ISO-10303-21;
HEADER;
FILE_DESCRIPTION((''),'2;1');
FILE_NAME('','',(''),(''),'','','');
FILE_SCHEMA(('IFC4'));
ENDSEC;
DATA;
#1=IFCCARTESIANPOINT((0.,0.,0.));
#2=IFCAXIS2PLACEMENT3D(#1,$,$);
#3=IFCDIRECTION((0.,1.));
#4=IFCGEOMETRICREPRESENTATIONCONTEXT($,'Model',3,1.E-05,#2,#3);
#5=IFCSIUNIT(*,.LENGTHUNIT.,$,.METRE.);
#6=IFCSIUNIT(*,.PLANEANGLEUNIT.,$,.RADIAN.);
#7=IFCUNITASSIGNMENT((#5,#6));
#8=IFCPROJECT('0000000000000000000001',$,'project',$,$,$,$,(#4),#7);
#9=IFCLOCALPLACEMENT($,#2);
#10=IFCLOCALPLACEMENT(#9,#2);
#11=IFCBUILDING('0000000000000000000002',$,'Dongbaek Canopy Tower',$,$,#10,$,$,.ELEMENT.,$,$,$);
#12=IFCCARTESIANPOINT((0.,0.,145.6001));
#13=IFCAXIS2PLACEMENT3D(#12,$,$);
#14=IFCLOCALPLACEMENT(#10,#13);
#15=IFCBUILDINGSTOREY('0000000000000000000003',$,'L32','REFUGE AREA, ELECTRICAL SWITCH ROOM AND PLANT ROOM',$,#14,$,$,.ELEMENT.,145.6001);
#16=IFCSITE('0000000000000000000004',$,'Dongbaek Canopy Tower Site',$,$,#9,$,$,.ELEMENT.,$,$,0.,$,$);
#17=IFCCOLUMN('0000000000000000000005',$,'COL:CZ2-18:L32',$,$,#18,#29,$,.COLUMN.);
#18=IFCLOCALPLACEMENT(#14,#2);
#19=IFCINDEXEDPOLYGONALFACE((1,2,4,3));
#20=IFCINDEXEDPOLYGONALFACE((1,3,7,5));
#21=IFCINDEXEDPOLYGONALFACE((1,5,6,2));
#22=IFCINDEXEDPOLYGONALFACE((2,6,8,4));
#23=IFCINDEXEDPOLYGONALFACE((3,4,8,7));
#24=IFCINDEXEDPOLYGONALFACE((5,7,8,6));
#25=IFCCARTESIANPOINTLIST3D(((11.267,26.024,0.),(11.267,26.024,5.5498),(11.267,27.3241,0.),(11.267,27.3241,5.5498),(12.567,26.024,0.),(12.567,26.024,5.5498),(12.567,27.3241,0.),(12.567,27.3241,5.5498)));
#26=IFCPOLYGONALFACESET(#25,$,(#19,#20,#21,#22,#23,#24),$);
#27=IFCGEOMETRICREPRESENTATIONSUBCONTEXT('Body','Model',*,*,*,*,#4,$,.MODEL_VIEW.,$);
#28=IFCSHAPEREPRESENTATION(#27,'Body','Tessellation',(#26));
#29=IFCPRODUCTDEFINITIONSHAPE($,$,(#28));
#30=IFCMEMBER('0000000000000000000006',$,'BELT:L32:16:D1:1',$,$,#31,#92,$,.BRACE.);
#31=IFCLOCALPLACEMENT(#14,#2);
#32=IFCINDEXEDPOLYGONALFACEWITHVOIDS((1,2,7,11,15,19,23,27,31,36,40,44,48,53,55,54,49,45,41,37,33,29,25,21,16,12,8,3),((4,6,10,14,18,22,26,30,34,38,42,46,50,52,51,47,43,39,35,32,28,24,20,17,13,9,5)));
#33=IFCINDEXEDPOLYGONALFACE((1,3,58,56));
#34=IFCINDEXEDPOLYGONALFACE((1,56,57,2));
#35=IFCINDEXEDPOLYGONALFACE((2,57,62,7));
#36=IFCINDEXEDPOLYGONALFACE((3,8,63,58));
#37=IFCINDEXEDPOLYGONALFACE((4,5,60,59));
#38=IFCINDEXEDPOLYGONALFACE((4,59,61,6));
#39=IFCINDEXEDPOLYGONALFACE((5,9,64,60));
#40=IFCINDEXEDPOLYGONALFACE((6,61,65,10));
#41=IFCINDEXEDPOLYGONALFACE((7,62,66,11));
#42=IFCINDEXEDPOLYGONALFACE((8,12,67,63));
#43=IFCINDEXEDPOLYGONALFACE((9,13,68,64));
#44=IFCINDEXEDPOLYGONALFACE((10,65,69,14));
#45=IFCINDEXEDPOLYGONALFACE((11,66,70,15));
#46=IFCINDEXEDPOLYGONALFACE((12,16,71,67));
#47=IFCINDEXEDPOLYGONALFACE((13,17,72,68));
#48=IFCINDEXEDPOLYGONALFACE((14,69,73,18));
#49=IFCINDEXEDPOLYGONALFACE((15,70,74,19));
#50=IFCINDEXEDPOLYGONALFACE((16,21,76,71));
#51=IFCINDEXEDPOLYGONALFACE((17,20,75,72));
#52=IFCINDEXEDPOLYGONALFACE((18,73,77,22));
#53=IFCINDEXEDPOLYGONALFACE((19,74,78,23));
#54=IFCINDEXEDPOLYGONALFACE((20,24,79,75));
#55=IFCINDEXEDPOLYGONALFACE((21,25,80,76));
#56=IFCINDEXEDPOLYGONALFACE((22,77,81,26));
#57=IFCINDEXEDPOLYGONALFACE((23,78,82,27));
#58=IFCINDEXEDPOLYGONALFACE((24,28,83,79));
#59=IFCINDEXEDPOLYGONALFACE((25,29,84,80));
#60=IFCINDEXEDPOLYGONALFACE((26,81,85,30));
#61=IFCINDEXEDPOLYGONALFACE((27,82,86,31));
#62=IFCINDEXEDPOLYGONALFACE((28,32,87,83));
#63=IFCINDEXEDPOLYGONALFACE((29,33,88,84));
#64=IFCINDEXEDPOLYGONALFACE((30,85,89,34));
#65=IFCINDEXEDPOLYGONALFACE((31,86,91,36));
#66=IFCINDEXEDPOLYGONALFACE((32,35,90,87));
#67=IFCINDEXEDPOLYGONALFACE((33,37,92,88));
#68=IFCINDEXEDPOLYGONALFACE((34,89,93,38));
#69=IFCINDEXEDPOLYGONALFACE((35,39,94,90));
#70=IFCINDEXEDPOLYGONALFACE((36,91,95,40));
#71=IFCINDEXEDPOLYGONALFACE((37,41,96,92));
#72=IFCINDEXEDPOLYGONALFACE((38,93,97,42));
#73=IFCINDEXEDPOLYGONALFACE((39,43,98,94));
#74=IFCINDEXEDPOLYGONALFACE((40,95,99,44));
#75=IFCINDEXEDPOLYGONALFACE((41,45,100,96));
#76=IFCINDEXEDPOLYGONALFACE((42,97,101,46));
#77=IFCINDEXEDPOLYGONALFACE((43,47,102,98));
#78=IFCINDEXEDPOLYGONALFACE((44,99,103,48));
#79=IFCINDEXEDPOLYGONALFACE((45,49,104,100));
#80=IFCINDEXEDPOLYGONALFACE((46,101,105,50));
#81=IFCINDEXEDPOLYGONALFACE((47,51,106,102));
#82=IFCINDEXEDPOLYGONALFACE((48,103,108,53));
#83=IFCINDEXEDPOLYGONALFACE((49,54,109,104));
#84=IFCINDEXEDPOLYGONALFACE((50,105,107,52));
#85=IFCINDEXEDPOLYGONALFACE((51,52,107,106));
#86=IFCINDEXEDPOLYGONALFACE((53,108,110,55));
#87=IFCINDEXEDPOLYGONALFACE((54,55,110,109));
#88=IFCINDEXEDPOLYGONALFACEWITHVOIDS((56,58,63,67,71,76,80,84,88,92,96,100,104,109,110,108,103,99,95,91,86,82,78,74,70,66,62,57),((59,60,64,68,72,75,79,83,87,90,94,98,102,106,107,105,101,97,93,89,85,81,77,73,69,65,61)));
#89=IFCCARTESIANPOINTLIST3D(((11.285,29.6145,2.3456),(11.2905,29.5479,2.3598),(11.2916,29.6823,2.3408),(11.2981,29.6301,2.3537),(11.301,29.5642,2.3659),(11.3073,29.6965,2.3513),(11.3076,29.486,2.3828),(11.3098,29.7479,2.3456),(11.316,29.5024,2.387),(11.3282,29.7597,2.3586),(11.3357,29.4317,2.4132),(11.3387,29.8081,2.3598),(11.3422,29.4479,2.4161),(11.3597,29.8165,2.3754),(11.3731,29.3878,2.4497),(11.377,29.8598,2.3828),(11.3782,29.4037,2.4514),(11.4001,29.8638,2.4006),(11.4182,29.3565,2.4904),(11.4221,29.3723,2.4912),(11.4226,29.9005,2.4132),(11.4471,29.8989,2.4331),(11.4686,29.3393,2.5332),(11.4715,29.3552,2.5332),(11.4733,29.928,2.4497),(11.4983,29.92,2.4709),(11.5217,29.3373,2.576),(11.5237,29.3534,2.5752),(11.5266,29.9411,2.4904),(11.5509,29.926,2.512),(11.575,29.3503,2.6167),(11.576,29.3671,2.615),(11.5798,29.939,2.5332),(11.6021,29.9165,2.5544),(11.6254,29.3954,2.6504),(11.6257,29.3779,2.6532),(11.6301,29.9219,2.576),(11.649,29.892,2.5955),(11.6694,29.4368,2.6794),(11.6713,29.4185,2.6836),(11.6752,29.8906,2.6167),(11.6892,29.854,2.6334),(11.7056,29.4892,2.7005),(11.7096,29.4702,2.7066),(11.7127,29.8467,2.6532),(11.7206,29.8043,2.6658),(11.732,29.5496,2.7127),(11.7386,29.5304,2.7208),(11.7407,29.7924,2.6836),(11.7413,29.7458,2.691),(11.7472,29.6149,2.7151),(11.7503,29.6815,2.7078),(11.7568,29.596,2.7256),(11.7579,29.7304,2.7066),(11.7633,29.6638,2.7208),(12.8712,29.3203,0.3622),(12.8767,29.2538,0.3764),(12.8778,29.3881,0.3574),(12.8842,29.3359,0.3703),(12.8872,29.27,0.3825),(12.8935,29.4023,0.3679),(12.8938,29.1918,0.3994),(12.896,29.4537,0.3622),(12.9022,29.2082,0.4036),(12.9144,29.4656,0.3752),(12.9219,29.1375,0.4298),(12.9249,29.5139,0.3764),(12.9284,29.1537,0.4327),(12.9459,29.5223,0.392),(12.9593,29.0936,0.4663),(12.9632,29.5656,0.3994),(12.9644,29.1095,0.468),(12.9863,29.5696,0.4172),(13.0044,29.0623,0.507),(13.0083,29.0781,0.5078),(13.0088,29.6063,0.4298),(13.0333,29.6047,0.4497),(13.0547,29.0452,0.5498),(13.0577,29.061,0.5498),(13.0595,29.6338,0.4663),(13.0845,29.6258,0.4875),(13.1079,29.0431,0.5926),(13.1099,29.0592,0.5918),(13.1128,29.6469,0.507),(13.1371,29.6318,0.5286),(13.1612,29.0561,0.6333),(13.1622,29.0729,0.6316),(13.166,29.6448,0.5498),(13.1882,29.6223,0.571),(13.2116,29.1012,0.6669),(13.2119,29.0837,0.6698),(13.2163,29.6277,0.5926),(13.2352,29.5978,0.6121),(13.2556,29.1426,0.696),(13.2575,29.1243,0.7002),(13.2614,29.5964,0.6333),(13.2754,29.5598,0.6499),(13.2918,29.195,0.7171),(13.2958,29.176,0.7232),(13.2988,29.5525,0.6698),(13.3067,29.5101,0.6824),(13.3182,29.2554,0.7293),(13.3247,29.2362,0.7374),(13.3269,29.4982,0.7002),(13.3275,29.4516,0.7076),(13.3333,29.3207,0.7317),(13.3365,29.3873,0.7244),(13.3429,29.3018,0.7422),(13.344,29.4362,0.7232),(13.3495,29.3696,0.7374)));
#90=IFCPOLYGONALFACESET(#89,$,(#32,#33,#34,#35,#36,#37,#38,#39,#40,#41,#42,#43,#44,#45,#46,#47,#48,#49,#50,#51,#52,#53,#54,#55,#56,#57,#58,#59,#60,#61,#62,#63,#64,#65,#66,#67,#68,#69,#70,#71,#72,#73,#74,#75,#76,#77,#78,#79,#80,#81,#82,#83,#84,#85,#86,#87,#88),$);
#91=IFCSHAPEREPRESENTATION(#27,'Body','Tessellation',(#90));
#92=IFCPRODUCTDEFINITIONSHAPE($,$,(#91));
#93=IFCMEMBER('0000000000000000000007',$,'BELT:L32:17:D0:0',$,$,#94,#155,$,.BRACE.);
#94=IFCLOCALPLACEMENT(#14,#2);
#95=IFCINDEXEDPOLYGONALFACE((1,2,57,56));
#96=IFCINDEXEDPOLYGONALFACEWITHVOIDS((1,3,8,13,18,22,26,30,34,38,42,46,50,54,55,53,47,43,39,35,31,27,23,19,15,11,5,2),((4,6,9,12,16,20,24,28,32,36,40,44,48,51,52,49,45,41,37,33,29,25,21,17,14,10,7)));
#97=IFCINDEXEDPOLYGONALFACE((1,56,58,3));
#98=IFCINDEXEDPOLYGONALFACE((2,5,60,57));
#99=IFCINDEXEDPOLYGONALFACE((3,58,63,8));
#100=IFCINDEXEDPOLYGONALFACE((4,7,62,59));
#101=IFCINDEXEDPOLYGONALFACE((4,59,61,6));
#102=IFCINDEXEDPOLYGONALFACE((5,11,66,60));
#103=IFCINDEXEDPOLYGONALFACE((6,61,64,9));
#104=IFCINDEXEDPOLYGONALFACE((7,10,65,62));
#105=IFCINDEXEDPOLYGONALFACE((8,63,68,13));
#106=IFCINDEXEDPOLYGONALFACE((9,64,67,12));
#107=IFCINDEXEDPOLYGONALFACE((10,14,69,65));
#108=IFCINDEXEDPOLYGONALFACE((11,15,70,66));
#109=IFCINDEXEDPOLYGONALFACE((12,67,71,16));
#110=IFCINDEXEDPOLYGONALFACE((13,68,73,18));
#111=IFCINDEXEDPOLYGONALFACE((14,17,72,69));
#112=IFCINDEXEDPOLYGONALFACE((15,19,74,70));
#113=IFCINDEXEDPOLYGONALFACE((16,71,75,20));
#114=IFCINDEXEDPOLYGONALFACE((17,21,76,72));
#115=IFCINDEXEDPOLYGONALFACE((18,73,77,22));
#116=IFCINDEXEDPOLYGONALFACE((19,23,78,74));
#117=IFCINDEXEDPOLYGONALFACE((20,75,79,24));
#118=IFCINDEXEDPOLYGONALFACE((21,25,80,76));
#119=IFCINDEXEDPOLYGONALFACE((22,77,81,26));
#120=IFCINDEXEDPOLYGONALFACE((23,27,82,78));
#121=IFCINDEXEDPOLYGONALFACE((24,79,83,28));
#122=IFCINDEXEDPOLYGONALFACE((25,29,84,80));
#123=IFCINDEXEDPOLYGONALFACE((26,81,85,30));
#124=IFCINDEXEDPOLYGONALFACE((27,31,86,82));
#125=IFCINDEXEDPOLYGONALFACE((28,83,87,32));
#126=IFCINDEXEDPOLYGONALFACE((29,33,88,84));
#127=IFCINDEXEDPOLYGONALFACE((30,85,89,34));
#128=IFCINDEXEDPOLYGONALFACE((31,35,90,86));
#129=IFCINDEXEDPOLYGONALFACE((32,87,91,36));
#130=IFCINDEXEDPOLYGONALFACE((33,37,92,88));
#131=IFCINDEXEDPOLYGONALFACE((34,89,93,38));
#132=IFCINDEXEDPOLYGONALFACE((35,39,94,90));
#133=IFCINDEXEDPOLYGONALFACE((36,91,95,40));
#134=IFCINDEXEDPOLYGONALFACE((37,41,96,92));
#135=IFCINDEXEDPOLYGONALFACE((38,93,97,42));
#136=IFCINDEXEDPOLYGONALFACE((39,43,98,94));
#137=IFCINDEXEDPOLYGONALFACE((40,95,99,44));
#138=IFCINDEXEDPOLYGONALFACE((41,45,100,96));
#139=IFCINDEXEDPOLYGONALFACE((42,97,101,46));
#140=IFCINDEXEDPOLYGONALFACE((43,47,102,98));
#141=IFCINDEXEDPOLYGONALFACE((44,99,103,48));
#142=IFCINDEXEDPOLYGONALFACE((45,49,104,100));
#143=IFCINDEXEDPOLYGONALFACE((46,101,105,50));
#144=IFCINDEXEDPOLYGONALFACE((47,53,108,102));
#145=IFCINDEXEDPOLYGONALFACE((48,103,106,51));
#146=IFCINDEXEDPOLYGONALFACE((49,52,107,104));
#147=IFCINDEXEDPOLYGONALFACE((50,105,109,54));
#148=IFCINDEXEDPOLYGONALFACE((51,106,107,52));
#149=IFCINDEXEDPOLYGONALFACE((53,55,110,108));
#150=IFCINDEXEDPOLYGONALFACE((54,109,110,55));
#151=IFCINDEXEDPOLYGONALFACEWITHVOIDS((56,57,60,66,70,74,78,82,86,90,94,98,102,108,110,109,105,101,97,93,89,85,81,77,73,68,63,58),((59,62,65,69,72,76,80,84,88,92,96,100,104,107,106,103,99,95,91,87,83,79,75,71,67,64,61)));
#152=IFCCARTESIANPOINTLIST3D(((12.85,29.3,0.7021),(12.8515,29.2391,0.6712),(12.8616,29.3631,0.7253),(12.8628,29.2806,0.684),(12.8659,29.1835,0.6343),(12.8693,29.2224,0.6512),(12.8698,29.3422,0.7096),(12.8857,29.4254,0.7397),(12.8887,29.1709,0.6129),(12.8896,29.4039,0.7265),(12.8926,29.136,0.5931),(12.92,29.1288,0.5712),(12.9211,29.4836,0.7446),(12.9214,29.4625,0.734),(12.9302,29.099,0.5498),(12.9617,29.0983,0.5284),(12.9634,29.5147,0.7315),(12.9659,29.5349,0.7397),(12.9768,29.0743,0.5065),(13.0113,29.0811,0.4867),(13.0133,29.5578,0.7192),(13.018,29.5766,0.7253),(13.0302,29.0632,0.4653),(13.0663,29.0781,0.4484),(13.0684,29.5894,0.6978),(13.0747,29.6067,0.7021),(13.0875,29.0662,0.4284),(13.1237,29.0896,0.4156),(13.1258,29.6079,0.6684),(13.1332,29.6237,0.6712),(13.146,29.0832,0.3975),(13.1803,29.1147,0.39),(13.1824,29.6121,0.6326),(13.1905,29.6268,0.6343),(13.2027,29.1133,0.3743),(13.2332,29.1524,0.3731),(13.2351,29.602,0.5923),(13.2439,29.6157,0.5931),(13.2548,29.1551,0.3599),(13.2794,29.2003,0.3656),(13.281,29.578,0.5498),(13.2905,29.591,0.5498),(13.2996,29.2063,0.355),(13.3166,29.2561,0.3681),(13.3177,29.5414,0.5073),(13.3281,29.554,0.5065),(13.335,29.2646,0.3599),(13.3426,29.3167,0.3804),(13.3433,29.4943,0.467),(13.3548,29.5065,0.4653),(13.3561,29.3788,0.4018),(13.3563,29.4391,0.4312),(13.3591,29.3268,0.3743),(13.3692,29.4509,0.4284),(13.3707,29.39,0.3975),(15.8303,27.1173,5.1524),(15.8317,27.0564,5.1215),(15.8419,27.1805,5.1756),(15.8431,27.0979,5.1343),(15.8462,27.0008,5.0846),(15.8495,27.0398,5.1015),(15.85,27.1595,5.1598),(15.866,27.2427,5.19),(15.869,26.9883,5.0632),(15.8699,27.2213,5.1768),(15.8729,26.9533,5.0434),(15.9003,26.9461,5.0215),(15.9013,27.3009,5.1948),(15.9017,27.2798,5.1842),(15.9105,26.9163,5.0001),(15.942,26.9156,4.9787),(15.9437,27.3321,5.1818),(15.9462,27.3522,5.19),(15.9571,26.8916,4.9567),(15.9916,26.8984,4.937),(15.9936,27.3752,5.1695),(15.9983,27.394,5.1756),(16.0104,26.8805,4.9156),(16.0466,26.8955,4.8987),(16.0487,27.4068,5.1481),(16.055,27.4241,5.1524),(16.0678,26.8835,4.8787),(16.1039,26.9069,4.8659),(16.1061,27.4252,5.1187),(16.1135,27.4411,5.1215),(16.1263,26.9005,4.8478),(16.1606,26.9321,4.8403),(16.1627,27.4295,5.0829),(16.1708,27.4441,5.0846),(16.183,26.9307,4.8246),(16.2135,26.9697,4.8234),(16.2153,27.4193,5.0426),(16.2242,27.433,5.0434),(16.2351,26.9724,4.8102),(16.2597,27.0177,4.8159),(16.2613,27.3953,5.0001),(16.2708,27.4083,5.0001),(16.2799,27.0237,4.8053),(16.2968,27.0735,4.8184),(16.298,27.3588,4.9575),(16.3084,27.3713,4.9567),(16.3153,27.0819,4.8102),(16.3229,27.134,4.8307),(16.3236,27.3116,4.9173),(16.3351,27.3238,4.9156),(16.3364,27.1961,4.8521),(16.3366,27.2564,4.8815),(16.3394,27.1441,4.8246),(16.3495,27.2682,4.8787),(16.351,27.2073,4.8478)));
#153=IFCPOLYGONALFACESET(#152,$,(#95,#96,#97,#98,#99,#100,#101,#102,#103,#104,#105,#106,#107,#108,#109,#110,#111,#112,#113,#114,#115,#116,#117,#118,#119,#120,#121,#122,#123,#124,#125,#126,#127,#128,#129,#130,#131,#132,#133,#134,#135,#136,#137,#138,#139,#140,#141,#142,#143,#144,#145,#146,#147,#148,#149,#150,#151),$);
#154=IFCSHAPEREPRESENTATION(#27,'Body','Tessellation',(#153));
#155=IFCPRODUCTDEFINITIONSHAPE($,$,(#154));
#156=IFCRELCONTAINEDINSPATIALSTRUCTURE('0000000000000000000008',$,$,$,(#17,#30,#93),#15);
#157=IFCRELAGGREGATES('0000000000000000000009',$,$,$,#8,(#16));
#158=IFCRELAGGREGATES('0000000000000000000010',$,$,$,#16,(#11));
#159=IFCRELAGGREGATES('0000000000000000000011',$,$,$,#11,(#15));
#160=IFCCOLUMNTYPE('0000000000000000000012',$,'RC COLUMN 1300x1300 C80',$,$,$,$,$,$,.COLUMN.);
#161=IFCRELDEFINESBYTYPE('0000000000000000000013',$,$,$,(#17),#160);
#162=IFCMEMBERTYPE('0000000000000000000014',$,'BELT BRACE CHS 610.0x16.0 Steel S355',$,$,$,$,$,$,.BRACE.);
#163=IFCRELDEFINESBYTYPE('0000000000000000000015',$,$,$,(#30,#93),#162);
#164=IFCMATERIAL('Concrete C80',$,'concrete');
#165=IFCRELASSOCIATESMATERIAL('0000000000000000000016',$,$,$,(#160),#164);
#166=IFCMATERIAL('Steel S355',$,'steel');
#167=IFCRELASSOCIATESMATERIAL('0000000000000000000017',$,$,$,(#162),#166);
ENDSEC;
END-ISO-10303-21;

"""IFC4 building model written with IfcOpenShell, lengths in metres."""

from ifc_helpers import new_model, si_unit, direction, frame, origin, origin_2d, place, context, subcontext, project, spatial, rectangle, hollow_circle, extrude, material, material_profile, profile_set, type_object, element, save


model = new_model("IFC4")

# Units and contexts
model_context = context("Model", 3, precision=1e-05, world=origin(), true_north=direction((0.0, 1.0)))
body_context = subcontext(model_context, "Body", "Model", "MODEL_VIEW")
ifc_project = project(units=[si_unit("LENGTHUNIT", "METRE"), si_unit("PLANEANGLEUNIT", "RADIAN")], contexts=[model_context])

# Site, building, storey
site_placement = place(None, origin())
site = spatial("IfcSite", under=ifc_project, at=site_placement, Name="Dongbaek Canopy Tower Site", CompositionType="ELEMENT", RefElevation=0.0)
building_placement = place(site_placement, origin())
building = spatial("IfcBuilding", under=site, at=building_placement, Name="Dongbaek Canopy Tower", CompositionType="ELEMENT")
storey_placement = place(building_placement, frame((0.0, 0.0, 145.6001)))
storey = spatial("IfcBuildingStorey", under=building, at=storey_placement, Name="L32", Description="REFUGE AREA, ELECTRICAL SWITCH ROOM AND PLANT ROOM", CompositionType="ELEMENT", Elevation=145.6001)

# Column
ifc_material_1 = material(Name="Concrete C80", Category="concrete")
ifc_material_profile_1 = material_profile(ifc_material_1, rectangle(XDim=1.3, YDim=1.3, at=origin_2d()), Name="RC COLUMN 1300x1300 C80")
ifc_profile_set_1 = profile_set([ifc_material_profile_1], Name="Concrete C80")
column_type = type_object("IfcColumnType", Name="RC COLUMN 1300x1300 C80", PredefinedType="COLUMN", material=ifc_profile_set_1)
column_placement = place(storey_placement, frame((11.917, 26.6741, 0.0), z_axis=(0.0, 0.0, 1.0), x_axis=(1.0, 0.0, 0.0)))
element("IfcColumn", 1, at=column_placement, inside=storey, type_object=column_type, Name="COL:CZ2-18:L32", PredefinedType="COLUMN", context=body_context, shape_type="SweptSolid", body=[
    extrude(rectangle(XDim=1.3, YDim=1.3, at=origin_2d()), origin(), (0.0, 0.0, 1.0), 5.5498),
])

# Members
ifc_material_2 = material(Name="Steel S355", Category="steel")
ifc_material_profile_2 = material_profile(ifc_material_2, hollow_circle(Radius=0.3049, WallThickness=0.0161, at=origin_2d()), Name="BELT BRACE CHS 610.0x16.0 Steel S355")
ifc_profile_set_2 = profile_set([ifc_material_profile_2], Name="Steel S355")
member_type_1 = type_object("IfcMemberType", Name="BELT BRACE CHS 610.0x16.0 Steel S355", PredefinedType="BRACE", material=ifc_profile_set_2)
member_1_placement = place(storey_placement, frame((13.1104, 29.345, 0.5498), z_axis=(-0.620417, 0.115069, 0.775784), x_axis=(-0.18236, -0.983232, 0.0)))
element("IfcMember", 2, at=member_1_placement, inside=storey, type_object=member_type_1, Name="BELT:L32:16:D1:1", PredefinedType="BRACE", context=body_context, shape_type="SweptSolid", body=[
    extrude(hollow_circle(Radius=0.3049, WallThickness=0.0161, at=origin_2d()), origin(), (0.0, 0.0, 1.0), 2.5566),
])
member_2_placement = place(storey_placement, frame((13.1104, 29.345, 0.5498), z_axis=(0.515291, -0.377382, 0.769453), x_axis=(0.590856, 0.806777, 0.0)))
element("IfcMember", 3, at=member_2_placement, inside=storey, type_object=member_type_1, Name="BELT:L32:17:D0:0", PredefinedType="BRACE", context=body_context, shape_type="SweptSolid", body=[
    extrude(hollow_circle(Radius=0.3049, WallThickness=0.0161, at=origin_2d()), origin(), (0.0, 0.0, 1.0), 5.7837),
])

save(model, "model.ifc")
